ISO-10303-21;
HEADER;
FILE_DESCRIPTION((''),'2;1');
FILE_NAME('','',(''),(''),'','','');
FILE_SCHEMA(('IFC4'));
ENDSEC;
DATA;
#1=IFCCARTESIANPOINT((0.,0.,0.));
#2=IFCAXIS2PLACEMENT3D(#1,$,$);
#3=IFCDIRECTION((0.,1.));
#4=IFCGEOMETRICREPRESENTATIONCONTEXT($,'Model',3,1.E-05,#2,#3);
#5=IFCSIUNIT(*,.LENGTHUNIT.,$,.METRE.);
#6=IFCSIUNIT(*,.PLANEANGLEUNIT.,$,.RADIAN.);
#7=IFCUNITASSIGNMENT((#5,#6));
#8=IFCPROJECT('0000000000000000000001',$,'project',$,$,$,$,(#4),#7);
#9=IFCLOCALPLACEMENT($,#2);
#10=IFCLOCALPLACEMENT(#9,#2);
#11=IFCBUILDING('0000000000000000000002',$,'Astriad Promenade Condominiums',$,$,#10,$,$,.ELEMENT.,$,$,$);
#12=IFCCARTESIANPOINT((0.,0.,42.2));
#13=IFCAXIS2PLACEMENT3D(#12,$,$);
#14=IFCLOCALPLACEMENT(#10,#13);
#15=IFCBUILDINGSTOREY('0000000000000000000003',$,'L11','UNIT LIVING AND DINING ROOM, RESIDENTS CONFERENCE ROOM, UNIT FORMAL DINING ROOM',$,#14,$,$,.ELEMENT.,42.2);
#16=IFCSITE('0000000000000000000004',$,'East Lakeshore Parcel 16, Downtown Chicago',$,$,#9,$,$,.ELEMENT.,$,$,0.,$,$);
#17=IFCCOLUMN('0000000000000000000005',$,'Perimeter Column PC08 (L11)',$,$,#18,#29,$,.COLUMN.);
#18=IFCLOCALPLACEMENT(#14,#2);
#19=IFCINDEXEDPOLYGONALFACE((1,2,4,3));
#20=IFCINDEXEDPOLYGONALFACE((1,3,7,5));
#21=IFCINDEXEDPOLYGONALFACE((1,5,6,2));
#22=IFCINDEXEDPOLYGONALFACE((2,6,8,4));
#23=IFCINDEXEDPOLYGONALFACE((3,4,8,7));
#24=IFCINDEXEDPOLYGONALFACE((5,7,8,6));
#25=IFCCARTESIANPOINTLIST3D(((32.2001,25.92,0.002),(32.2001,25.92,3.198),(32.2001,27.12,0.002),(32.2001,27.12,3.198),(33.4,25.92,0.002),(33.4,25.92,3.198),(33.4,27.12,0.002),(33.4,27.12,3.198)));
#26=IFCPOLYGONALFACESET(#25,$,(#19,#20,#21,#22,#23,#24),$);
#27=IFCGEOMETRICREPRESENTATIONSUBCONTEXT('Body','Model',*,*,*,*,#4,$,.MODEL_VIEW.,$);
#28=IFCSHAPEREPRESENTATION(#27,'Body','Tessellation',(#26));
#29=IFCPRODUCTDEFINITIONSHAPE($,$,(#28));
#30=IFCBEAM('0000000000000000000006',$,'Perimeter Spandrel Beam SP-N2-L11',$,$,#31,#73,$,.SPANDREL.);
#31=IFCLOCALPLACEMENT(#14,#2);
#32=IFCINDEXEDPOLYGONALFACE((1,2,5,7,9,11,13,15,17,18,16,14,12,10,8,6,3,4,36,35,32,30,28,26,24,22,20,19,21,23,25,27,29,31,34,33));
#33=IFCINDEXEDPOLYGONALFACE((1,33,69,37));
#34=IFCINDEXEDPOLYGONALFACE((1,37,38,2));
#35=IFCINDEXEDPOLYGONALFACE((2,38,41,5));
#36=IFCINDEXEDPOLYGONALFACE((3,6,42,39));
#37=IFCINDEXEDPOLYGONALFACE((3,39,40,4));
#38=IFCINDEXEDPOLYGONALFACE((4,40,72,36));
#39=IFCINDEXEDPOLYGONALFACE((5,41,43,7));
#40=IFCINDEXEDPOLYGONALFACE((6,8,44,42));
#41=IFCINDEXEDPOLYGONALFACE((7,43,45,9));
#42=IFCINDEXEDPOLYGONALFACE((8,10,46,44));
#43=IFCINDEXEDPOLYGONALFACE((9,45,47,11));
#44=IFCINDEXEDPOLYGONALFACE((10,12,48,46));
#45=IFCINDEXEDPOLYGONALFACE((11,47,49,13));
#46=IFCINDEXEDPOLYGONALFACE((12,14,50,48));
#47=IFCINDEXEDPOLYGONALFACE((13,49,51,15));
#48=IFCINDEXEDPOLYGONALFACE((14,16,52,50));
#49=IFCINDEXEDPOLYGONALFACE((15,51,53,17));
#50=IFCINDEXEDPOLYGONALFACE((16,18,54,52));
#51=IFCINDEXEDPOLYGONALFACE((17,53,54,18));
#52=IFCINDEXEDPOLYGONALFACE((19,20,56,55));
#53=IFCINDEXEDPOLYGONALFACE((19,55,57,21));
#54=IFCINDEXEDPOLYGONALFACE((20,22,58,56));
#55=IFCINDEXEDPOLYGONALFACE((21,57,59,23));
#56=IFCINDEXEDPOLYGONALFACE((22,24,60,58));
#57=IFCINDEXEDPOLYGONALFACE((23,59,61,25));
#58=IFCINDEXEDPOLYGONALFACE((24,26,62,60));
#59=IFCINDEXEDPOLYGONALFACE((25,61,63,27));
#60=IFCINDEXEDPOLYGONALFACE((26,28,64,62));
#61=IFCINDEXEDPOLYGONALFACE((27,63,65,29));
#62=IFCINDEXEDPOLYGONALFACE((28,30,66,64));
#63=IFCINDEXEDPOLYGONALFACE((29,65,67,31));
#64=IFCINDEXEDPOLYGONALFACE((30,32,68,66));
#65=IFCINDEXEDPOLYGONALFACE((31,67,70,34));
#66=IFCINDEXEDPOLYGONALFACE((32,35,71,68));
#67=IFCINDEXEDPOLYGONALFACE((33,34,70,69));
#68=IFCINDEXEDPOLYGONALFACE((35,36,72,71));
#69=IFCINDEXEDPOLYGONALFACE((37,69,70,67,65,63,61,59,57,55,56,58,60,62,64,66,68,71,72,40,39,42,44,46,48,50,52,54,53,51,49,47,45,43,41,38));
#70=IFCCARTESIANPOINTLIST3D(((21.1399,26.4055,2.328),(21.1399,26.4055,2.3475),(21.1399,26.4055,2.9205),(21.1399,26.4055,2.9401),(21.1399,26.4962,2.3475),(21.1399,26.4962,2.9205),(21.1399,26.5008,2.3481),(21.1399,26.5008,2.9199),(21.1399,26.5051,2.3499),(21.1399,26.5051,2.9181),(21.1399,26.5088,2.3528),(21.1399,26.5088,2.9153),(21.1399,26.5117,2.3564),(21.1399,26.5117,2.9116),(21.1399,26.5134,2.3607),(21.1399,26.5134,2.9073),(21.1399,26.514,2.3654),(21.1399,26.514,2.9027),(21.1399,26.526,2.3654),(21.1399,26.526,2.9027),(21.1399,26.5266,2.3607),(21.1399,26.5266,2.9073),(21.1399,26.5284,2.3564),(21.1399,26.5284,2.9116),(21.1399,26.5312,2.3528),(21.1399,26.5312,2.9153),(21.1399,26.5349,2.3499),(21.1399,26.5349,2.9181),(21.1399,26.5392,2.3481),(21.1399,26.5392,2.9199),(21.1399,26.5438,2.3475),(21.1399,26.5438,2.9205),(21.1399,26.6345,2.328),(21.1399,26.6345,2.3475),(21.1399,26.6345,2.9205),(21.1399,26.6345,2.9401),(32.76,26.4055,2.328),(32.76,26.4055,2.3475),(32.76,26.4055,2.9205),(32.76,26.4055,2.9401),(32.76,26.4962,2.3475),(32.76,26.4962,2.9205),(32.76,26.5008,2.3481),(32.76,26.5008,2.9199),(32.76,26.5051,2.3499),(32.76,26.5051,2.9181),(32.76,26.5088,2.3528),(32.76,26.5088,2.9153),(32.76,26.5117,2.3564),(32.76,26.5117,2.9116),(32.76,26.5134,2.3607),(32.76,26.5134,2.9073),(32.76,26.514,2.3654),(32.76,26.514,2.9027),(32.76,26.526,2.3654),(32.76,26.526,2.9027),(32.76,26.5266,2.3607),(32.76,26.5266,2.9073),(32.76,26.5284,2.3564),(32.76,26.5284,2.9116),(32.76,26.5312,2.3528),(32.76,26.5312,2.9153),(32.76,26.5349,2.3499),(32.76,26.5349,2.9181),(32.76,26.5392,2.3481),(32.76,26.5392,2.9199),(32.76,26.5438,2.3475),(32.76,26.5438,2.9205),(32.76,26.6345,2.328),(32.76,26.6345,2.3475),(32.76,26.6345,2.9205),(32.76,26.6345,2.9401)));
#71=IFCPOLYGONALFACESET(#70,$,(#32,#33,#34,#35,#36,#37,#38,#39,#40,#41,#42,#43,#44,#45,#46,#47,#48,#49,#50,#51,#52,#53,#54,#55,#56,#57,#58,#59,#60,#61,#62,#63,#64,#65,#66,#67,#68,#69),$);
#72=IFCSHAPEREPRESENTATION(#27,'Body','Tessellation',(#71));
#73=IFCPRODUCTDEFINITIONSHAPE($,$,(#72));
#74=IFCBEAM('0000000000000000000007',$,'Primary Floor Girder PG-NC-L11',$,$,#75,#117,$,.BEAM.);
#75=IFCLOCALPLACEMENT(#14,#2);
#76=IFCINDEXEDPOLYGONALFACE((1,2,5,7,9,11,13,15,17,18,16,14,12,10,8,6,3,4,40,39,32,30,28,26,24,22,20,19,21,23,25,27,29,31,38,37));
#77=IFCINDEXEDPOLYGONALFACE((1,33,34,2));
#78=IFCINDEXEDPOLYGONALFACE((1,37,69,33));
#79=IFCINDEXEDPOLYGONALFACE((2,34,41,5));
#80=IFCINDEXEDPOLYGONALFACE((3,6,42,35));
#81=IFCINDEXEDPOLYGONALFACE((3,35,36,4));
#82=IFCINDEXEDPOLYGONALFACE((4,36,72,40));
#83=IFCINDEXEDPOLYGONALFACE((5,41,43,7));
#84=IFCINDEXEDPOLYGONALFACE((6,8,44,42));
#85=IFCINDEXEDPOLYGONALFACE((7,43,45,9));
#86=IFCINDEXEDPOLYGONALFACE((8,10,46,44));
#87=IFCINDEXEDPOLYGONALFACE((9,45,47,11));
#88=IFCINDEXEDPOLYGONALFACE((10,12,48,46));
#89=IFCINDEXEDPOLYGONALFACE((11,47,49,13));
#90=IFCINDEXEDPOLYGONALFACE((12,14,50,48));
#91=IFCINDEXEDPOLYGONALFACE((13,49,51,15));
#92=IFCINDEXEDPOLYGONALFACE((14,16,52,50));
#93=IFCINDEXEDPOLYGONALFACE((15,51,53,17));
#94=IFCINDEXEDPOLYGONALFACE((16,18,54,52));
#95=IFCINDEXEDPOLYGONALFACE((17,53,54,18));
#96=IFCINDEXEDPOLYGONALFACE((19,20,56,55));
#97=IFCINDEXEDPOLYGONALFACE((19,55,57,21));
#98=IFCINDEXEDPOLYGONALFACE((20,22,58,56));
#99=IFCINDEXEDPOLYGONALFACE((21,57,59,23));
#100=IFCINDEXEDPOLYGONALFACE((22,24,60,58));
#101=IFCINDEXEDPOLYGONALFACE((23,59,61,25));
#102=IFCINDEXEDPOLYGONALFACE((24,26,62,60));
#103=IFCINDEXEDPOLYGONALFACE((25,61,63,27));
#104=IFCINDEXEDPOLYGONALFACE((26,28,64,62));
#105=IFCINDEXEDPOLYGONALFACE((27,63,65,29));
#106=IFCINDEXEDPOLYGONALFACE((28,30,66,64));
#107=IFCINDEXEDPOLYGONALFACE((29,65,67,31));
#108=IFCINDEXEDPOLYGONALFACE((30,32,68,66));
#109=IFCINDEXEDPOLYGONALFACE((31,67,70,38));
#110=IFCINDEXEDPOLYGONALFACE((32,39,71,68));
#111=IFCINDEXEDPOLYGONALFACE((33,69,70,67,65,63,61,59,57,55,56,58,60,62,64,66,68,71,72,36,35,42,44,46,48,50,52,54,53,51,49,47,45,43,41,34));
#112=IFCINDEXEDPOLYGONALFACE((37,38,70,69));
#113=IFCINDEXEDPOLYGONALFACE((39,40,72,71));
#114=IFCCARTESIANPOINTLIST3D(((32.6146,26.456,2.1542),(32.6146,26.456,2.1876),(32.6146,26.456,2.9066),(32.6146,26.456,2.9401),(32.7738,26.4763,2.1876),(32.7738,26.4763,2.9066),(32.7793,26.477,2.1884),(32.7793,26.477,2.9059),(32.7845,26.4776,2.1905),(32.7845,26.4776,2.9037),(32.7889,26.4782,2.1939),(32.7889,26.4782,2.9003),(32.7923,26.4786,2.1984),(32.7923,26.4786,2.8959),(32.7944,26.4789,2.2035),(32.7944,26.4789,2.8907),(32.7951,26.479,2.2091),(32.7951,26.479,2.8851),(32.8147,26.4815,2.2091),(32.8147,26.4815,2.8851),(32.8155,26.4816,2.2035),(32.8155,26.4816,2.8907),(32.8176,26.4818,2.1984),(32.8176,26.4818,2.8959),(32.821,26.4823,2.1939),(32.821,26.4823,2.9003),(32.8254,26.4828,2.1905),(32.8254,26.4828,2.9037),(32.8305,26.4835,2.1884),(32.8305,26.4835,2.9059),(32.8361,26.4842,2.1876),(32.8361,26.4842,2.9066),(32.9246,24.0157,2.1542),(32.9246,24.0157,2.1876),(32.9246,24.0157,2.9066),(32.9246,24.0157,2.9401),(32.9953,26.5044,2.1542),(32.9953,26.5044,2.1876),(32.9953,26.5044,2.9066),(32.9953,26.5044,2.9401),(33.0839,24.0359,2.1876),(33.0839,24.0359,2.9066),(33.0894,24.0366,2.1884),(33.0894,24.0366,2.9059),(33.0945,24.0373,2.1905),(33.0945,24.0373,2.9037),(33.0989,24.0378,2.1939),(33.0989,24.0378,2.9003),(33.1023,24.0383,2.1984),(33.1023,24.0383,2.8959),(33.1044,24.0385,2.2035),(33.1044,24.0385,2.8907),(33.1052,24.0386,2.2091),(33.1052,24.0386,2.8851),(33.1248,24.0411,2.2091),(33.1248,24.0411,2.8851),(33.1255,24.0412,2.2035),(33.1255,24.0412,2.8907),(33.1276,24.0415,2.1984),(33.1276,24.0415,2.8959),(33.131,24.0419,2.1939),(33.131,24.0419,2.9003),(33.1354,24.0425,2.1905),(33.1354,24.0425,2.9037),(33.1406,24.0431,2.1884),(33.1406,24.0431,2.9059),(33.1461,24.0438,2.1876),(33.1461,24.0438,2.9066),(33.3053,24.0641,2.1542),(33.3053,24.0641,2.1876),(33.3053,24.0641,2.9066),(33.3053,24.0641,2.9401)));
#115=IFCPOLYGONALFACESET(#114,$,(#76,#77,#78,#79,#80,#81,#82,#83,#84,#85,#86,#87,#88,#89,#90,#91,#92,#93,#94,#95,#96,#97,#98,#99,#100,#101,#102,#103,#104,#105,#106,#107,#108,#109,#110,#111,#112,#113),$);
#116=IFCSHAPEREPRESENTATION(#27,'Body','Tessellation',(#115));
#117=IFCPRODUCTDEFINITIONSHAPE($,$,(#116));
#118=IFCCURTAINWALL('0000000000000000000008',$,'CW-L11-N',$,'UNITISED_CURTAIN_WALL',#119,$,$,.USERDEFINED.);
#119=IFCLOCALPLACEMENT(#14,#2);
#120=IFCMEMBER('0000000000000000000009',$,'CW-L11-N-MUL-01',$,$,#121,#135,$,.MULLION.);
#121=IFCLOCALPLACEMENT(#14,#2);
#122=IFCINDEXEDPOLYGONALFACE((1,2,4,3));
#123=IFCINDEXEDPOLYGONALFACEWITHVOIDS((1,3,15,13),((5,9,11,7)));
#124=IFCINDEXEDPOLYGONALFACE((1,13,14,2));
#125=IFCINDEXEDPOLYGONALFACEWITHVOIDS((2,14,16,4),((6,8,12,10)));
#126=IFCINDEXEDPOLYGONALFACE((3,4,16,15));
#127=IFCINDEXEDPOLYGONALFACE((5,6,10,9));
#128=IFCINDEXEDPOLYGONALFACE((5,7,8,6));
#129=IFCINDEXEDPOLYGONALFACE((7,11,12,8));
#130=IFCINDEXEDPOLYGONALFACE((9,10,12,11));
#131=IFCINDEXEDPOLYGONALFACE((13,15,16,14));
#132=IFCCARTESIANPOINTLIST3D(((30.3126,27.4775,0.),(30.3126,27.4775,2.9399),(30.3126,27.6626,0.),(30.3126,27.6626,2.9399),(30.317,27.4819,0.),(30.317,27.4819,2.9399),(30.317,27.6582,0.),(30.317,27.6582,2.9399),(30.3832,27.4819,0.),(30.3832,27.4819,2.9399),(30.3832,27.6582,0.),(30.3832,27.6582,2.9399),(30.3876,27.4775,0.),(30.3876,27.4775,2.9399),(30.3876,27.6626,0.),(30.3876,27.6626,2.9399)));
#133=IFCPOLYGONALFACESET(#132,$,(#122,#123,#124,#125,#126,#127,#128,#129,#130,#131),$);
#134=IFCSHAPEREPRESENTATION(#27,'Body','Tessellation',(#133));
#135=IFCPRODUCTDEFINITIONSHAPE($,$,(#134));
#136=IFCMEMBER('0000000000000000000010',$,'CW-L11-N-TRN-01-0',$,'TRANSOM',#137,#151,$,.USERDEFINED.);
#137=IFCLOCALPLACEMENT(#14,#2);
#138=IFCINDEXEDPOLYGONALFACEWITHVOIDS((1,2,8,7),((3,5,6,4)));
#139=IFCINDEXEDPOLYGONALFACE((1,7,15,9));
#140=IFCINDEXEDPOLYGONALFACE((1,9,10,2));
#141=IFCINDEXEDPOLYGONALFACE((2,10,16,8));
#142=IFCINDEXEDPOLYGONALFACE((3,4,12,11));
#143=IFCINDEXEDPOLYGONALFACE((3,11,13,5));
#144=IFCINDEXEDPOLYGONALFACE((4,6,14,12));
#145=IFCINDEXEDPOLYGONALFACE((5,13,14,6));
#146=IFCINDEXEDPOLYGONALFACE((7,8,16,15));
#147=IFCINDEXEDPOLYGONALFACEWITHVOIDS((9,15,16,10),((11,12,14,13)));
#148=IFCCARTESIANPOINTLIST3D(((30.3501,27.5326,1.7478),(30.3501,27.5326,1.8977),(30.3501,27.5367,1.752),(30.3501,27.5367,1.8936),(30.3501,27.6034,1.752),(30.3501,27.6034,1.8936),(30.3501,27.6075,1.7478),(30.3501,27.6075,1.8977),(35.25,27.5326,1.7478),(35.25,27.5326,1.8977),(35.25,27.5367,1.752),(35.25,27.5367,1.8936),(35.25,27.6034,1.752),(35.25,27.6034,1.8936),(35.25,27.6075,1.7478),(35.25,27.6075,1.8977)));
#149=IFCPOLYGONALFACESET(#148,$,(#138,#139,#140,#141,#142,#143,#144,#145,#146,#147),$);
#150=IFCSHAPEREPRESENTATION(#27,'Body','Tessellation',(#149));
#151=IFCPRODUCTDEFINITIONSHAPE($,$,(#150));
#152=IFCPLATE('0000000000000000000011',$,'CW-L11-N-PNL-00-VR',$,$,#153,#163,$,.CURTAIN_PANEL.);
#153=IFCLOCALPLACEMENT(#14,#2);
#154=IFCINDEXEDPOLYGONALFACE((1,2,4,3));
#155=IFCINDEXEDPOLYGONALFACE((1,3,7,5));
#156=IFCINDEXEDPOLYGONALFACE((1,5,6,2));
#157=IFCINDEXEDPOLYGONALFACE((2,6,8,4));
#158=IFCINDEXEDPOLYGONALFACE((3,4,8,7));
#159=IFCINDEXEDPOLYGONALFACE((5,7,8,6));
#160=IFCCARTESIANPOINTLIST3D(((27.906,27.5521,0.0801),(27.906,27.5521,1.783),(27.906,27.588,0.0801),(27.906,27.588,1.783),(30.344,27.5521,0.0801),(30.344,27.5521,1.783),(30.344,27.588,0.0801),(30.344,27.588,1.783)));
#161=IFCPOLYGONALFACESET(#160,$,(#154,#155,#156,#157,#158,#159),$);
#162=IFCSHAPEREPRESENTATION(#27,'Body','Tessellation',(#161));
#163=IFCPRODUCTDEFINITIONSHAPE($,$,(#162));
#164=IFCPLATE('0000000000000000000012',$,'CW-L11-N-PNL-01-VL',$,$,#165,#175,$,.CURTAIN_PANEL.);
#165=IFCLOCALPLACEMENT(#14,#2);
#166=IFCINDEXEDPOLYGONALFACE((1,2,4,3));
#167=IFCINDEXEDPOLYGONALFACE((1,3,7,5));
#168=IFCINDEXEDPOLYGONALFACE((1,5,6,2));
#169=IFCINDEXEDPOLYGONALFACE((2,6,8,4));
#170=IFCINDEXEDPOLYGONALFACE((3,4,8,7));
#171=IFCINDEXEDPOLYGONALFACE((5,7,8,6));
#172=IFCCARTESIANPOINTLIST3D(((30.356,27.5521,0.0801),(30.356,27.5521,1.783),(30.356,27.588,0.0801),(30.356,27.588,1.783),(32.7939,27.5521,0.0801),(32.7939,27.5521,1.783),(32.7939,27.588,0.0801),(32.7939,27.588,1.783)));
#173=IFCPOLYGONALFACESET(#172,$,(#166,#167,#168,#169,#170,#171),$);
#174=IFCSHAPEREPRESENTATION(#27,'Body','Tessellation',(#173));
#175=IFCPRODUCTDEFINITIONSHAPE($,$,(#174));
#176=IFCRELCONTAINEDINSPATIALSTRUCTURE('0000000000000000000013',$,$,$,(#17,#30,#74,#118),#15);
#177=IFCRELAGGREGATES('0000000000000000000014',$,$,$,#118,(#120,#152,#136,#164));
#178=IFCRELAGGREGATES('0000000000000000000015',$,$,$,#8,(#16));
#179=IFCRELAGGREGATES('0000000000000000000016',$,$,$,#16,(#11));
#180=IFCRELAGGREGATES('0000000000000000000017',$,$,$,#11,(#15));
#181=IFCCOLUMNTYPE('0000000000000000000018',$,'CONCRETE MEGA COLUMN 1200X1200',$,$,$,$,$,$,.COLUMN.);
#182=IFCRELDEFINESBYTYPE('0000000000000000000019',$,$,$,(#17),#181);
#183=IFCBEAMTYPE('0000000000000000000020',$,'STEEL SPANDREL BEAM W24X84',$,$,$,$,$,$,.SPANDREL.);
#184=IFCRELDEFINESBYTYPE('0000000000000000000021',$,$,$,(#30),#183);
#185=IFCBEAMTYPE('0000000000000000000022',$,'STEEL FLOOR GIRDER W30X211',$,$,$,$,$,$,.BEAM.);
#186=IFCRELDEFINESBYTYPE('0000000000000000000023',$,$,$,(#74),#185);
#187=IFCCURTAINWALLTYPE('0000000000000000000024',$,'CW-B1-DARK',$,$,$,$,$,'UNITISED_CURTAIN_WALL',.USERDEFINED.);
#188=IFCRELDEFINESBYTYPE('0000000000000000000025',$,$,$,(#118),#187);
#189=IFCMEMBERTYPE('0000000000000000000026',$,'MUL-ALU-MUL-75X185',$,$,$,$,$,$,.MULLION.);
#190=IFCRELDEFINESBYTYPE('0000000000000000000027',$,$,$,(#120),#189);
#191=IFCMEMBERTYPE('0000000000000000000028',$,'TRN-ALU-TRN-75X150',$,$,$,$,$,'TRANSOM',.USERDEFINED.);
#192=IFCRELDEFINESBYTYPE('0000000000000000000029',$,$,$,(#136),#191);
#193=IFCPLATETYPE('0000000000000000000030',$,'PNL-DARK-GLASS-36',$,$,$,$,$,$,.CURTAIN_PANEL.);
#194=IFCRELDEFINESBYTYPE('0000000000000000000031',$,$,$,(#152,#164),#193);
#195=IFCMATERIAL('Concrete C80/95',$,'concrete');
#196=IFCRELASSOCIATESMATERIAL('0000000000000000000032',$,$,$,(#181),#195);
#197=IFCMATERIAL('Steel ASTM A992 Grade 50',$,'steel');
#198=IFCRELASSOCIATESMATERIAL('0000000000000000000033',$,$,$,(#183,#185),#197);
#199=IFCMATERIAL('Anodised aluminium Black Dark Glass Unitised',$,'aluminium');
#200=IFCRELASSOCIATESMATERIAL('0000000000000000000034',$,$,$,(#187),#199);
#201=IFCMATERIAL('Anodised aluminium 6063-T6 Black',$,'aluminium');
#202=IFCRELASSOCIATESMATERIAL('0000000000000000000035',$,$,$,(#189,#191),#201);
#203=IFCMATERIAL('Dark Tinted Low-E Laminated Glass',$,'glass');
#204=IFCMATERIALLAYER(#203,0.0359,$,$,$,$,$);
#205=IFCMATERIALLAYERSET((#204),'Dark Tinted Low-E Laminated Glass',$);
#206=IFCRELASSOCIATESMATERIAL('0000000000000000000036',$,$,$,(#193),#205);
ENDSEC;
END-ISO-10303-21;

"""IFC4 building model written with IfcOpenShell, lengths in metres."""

from ifc_helpers import new_model, si_unit, direction, frame, origin, origin_2d, place, context, subcontext, project, spatial, rectangle, hollow_rectangle, i_section, extrude, source, transform, mapped, material, layer, layer_set, material_profile, profile_set, type_object, type_shapes, element, aggregate, save


model = new_model("IFC4")

# Units and contexts
model_context = context("Model", 3, precision=1e-05, world=origin(), true_north=direction((0.0, 1.0)))
body_context = subcontext(model_context, "Body", "Model", "MODEL_VIEW")
ifc_project = project(units=[si_unit("LENGTHUNIT", "METRE"), si_unit("PLANEANGLEUNIT", "RADIAN")], contexts=[model_context])

# Site, building, storey
site_placement = place(None, origin())
site = spatial("IfcSite", under=ifc_project, at=site_placement, Name="East Lakeshore Parcel 16, Downtown Chicago", CompositionType="ELEMENT", RefElevation=0.0)
building_placement = place(site_placement, origin())
building = spatial("IfcBuilding", under=site, at=building_placement, Name="Astriad Promenade Condominiums", CompositionType="ELEMENT")
storey_placement = place(building_placement, frame((0.0, 0.0, 42.2)))
storey = spatial("IfcBuildingStorey", under=building, at=storey_placement, Name="L11", Description="UNIT LIVING AND DINING ROOM, RESIDENTS CONFERENCE ROOM, UNIT FORMAL DINING ROOM", CompositionType="ELEMENT", Elevation=42.2)

# Column
ifc_material_1 = material(Name="Concrete C80/95", Category="concrete")
ifc_material_profile_1 = material_profile(ifc_material_1, rectangle(XDim=1.2, YDim=1.2, at=origin_2d()), Name="RC-COL-1200X1200")
ifc_profile_set_1 = profile_set([ifc_material_profile_1], Name="Concrete C80/95")
column_type = type_object("IfcColumnType", Name="CONCRETE MEGA COLUMN 1200X1200", PredefinedType="COLUMN", material=ifc_profile_set_1)
shared_shape_1 = source(origin(), body_context, "Body", "SweptSolid", [
    extrude(rectangle(XDim=1.2, YDim=1.2, at=origin_2d()), origin(), (0.0, 0.0, 1.0), 3.196),
])
type_shapes(column_type, [shared_shape_1])
column_placement = place(storey_placement, frame((32.8, 26.52, 0.002), z_axis=(0.0, 0.0, 1.0), x_axis=(1.0, 0.0, 0.0)))
element("IfcColumn", 1, at=column_placement, inside=storey, type_object=column_type, Name="Perimeter Column PC08 (L11)", PredefinedType="COLUMN", context=body_context, shape_type="MappedRepresentation", body=[
    mapped(shared_shape_1, transform((0.0, 0.0, 0.0), scale=1.0)),
])

# Beams
ifc_material_2 = material(Name="Steel ASTM A992 Grade 50", Category="steel")
ifc_material_profile_2 = material_profile(ifc_material_2, i_section(OverallWidth=0.229, OverallDepth=0.6121, WebThickness=0.012, FlangeThickness=0.0195, FilletRadius=0.0178, at=origin_2d()), Name="W24X84")
ifc_profile_set_2 = profile_set([ifc_material_profile_2], Name="Steel ASTM A992 Grade 50")
beam_type_1 = type_object("IfcBeamType", Name="STEEL SPANDREL BEAM W24X84", PredefinedType="SPANDREL", material=ifc_profile_set_2)
shared_shape_2 = source(origin(), body_context, "Body", "SweptSolid", [
    extrude(i_section(OverallWidth=0.229, OverallDepth=0.6121, WebThickness=0.012, FlangeThickness=0.0195, FilletRadius=0.0178, at=origin_2d()), origin(), (0.0, 0.0, 1.0), 11.6201),
])
type_shapes(beam_type_1, [shared_shape_2])
beam_1_placement = place(storey_placement, frame((32.76, 26.52, 2.634), z_axis=(-1.0, 0.0, 0.0), x_axis=(0.0, -1.0, 0.0)))
element("IfcBeam", 2, at=beam_1_placement, inside=storey, type_object=beam_type_1, Name="Perimeter Spandrel Beam SP-N2-L11", PredefinedType="SPANDREL", context=body_context, shape_type="MappedRepresentation", body=[
    mapped(shared_shape_2, transform((0.0, 0.0, 0.0), scale=1.0)),
])
ifc_material_profile_3 = material_profile(ifc_material_2, i_section(OverallWidth=0.3838, OverallDepth=0.7859, WebThickness=0.0198, FlangeThickness=0.0334, FilletRadius=0.0215, at=origin_2d()), Name="W30X211")
ifc_profile_set_3 = profile_set([ifc_material_profile_3], Name="Steel ASTM A992 Grade 50")
beam_type_2 = type_object("IfcBeamType", Name="STEEL FLOOR GIRDER W30X211", PredefinedType="BEAM", material=ifc_profile_set_3)
shared_shape_3 = source(origin(), body_context, "Body", "SweptSolid", [
    extrude(i_section(OverallWidth=0.3838, OverallDepth=0.7859, WebThickness=0.0198, FlangeThickness=0.0334, FilletRadius=0.0215, at=origin_2d()), origin(), (0.0, 0.0, 1.0), 2.46),
])
type_shapes(beam_type_2, [shared_shape_3])
beam_2_placement = place(storey_placement, frame((32.8049, 26.4802, 2.5471), z_axis=(0.126038, -0.992025, 0.0), x_axis=(0.992025, 0.126038, 0.0)))
element("IfcBeam", 3, at=beam_2_placement, inside=storey, type_object=beam_type_2, Name="Primary Floor Girder PG-NC-L11", PredefinedType="BEAM", context=body_context, shape_type="MappedRepresentation", body=[
    mapped(shared_shape_3, transform((0.0, 0.0, 0.0), scale=1.0)),
])

# Curtain wall, members, plates
ifc_material_3 = material(Name="Anodised aluminium Black Dark Glass Unitised", Category="aluminium")
curtain_wall_type = type_object("IfcCurtainWallType", Name="CW-B1-DARK", ElementType="UNITISED_CURTAIN_WALL", PredefinedType="USERDEFINED", material=ifc_material_3)
curtain_wall_placement = place(storey_placement, origin())
curtain_wall = element("IfcCurtainWall", 4, at=curtain_wall_placement, inside=storey, type_object=curtain_wall_type, Name="CW-L11-N", ObjectType="UNITISED_CURTAIN_WALL", PredefinedType="USERDEFINED")
ifc_material_4 = material(Name="Anodised aluminium 6063-T6 Black", Category="aluminium")
ifc_material_profile_4 = material_profile(ifc_material_4, hollow_rectangle(XDim=0.075, YDim=0.1851, WallThickness=0.0044, at=origin_2d()), Name="ALU-MUL-75X185")
ifc_profile_set_4 = profile_set([ifc_material_profile_4], Name="Anodised aluminium 6063-T6 Black")
member_type_1 = type_object("IfcMemberType", Name="MUL-ALU-MUL-75X185", PredefinedType="MULLION", material=ifc_profile_set_4)
shared_shape_4 = source(origin(), body_context, "Body", "SweptSolid", [
    extrude(hollow_rectangle(XDim=0.075, YDim=0.1851, WallThickness=0.0044, at=origin_2d()), origin(), (0.0, 0.0, 1.0), 2.9399),
])
type_shapes(member_type_1, [shared_shape_4])
member_1_placement = place(storey_placement, frame((30.3501, 27.5701, 0.0), z_axis=(0.0, 0.0, 1.0), x_axis=(1.0, 0.0, 0.0)))
member_1 = element("IfcMember", 5, at=member_1_placement, type_object=member_type_1, Name="CW-L11-N-MUL-01", PredefinedType="MULLION", context=body_context, shape_type="MappedRepresentation", body=[
    mapped(shared_shape_4, transform((0.0, 0.0, 0.0), scale=1.0)),
])
ifc_material_profile_5 = material_profile(ifc_material_4, hollow_rectangle(XDim=0.075, YDim=0.1499, WallThickness=0.0042, at=origin_2d()), Name="ALU-TRN-75X150")
ifc_profile_set_5 = profile_set([ifc_material_profile_5], Name="Anodised aluminium 6063-T6 Black")
member_type_2 = type_object("IfcMemberType", Name="TRN-ALU-TRN-75X150", ElementType="TRANSOM", PredefinedType="USERDEFINED", material=ifc_profile_set_5)
shared_shape_5 = source(origin(), body_context, "Body", "SweptSolid", [
    extrude(hollow_rectangle(XDim=0.075, YDim=0.1499, WallThickness=0.0042, at=origin_2d()), origin(), (0.0, 0.0, 1.0), 4.8999),
])
type_shapes(member_type_2, [shared_shape_5])
member_2_placement = place(storey_placement, frame((30.3501, 27.5701, 1.8228), z_axis=(1.0, 0.0, 0.0), x_axis=(0.0, 1.0, 0.0)))
member_2 = element("IfcMember", 6, at=member_2_placement, type_object=member_type_2, Name="CW-L11-N-TRN-01-0", ObjectType="TRANSOM", PredefinedType="USERDEFINED", context=body_context, shape_type="MappedRepresentation", body=[
    mapped(shared_shape_5, transform((0.0, 0.0, 0.0), scale=1.0)),
])
ifc_material_5 = material(Name="Dark Tinted Low-E Laminated Glass", Category="glass")
ifc_layer_1 = layer(ifc_material_5, 0.0359)
ifc_layer_set_1 = layer_set([ifc_layer_1], Name="Dark Tinted Low-E Laminated Glass")
plate_type = type_object("IfcPlateType", Name="PNL-DARK-GLASS-36", PredefinedType="CURTAIN_PANEL", material=ifc_layer_set_1)
shared_shape_6 = source(origin(), body_context, "Body", "SweptSolid", [
    extrude(rectangle(XDim=2.438, YDim=0.0359, at=origin_2d()), origin(), (0.0, 0.0, 1.0), 1.7029),
])
plate_1_placement = place(storey_placement, frame((29.125, 27.5701, 0.0801), z_axis=(0.0, 0.0, 1.0), x_axis=(1.0, 0.0, 0.0)))
plate_1 = element("IfcPlate", 7, at=plate_1_placement, type_object=plate_type, Name="CW-L11-N-PNL-00-VR", PredefinedType="CURTAIN_PANEL", context=body_context, shape_type="MappedRepresentation", body=[
    mapped(shared_shape_6, transform((0.0, 0.0, 0.0), scale=1.0)),
])
plate_2_placement = place(storey_placement, frame((31.575, 27.5701, 0.0801), z_axis=(0.0, 0.0, 1.0), x_axis=(1.0, 0.0, 0.0)))
plate_2 = element("IfcPlate", 8, at=plate_2_placement, type_object=plate_type, Name="CW-L11-N-PNL-01-VL", PredefinedType="CURTAIN_PANEL", context=body_context, shape_type="MappedRepresentation", body=[
    mapped(shared_shape_6, transform((0.0, 0.0, 0.0), scale=1.0)),
])
aggregate(curtain_wall, [member_1, plate_1, member_2, plate_2])

save(model, "model.ifc")
